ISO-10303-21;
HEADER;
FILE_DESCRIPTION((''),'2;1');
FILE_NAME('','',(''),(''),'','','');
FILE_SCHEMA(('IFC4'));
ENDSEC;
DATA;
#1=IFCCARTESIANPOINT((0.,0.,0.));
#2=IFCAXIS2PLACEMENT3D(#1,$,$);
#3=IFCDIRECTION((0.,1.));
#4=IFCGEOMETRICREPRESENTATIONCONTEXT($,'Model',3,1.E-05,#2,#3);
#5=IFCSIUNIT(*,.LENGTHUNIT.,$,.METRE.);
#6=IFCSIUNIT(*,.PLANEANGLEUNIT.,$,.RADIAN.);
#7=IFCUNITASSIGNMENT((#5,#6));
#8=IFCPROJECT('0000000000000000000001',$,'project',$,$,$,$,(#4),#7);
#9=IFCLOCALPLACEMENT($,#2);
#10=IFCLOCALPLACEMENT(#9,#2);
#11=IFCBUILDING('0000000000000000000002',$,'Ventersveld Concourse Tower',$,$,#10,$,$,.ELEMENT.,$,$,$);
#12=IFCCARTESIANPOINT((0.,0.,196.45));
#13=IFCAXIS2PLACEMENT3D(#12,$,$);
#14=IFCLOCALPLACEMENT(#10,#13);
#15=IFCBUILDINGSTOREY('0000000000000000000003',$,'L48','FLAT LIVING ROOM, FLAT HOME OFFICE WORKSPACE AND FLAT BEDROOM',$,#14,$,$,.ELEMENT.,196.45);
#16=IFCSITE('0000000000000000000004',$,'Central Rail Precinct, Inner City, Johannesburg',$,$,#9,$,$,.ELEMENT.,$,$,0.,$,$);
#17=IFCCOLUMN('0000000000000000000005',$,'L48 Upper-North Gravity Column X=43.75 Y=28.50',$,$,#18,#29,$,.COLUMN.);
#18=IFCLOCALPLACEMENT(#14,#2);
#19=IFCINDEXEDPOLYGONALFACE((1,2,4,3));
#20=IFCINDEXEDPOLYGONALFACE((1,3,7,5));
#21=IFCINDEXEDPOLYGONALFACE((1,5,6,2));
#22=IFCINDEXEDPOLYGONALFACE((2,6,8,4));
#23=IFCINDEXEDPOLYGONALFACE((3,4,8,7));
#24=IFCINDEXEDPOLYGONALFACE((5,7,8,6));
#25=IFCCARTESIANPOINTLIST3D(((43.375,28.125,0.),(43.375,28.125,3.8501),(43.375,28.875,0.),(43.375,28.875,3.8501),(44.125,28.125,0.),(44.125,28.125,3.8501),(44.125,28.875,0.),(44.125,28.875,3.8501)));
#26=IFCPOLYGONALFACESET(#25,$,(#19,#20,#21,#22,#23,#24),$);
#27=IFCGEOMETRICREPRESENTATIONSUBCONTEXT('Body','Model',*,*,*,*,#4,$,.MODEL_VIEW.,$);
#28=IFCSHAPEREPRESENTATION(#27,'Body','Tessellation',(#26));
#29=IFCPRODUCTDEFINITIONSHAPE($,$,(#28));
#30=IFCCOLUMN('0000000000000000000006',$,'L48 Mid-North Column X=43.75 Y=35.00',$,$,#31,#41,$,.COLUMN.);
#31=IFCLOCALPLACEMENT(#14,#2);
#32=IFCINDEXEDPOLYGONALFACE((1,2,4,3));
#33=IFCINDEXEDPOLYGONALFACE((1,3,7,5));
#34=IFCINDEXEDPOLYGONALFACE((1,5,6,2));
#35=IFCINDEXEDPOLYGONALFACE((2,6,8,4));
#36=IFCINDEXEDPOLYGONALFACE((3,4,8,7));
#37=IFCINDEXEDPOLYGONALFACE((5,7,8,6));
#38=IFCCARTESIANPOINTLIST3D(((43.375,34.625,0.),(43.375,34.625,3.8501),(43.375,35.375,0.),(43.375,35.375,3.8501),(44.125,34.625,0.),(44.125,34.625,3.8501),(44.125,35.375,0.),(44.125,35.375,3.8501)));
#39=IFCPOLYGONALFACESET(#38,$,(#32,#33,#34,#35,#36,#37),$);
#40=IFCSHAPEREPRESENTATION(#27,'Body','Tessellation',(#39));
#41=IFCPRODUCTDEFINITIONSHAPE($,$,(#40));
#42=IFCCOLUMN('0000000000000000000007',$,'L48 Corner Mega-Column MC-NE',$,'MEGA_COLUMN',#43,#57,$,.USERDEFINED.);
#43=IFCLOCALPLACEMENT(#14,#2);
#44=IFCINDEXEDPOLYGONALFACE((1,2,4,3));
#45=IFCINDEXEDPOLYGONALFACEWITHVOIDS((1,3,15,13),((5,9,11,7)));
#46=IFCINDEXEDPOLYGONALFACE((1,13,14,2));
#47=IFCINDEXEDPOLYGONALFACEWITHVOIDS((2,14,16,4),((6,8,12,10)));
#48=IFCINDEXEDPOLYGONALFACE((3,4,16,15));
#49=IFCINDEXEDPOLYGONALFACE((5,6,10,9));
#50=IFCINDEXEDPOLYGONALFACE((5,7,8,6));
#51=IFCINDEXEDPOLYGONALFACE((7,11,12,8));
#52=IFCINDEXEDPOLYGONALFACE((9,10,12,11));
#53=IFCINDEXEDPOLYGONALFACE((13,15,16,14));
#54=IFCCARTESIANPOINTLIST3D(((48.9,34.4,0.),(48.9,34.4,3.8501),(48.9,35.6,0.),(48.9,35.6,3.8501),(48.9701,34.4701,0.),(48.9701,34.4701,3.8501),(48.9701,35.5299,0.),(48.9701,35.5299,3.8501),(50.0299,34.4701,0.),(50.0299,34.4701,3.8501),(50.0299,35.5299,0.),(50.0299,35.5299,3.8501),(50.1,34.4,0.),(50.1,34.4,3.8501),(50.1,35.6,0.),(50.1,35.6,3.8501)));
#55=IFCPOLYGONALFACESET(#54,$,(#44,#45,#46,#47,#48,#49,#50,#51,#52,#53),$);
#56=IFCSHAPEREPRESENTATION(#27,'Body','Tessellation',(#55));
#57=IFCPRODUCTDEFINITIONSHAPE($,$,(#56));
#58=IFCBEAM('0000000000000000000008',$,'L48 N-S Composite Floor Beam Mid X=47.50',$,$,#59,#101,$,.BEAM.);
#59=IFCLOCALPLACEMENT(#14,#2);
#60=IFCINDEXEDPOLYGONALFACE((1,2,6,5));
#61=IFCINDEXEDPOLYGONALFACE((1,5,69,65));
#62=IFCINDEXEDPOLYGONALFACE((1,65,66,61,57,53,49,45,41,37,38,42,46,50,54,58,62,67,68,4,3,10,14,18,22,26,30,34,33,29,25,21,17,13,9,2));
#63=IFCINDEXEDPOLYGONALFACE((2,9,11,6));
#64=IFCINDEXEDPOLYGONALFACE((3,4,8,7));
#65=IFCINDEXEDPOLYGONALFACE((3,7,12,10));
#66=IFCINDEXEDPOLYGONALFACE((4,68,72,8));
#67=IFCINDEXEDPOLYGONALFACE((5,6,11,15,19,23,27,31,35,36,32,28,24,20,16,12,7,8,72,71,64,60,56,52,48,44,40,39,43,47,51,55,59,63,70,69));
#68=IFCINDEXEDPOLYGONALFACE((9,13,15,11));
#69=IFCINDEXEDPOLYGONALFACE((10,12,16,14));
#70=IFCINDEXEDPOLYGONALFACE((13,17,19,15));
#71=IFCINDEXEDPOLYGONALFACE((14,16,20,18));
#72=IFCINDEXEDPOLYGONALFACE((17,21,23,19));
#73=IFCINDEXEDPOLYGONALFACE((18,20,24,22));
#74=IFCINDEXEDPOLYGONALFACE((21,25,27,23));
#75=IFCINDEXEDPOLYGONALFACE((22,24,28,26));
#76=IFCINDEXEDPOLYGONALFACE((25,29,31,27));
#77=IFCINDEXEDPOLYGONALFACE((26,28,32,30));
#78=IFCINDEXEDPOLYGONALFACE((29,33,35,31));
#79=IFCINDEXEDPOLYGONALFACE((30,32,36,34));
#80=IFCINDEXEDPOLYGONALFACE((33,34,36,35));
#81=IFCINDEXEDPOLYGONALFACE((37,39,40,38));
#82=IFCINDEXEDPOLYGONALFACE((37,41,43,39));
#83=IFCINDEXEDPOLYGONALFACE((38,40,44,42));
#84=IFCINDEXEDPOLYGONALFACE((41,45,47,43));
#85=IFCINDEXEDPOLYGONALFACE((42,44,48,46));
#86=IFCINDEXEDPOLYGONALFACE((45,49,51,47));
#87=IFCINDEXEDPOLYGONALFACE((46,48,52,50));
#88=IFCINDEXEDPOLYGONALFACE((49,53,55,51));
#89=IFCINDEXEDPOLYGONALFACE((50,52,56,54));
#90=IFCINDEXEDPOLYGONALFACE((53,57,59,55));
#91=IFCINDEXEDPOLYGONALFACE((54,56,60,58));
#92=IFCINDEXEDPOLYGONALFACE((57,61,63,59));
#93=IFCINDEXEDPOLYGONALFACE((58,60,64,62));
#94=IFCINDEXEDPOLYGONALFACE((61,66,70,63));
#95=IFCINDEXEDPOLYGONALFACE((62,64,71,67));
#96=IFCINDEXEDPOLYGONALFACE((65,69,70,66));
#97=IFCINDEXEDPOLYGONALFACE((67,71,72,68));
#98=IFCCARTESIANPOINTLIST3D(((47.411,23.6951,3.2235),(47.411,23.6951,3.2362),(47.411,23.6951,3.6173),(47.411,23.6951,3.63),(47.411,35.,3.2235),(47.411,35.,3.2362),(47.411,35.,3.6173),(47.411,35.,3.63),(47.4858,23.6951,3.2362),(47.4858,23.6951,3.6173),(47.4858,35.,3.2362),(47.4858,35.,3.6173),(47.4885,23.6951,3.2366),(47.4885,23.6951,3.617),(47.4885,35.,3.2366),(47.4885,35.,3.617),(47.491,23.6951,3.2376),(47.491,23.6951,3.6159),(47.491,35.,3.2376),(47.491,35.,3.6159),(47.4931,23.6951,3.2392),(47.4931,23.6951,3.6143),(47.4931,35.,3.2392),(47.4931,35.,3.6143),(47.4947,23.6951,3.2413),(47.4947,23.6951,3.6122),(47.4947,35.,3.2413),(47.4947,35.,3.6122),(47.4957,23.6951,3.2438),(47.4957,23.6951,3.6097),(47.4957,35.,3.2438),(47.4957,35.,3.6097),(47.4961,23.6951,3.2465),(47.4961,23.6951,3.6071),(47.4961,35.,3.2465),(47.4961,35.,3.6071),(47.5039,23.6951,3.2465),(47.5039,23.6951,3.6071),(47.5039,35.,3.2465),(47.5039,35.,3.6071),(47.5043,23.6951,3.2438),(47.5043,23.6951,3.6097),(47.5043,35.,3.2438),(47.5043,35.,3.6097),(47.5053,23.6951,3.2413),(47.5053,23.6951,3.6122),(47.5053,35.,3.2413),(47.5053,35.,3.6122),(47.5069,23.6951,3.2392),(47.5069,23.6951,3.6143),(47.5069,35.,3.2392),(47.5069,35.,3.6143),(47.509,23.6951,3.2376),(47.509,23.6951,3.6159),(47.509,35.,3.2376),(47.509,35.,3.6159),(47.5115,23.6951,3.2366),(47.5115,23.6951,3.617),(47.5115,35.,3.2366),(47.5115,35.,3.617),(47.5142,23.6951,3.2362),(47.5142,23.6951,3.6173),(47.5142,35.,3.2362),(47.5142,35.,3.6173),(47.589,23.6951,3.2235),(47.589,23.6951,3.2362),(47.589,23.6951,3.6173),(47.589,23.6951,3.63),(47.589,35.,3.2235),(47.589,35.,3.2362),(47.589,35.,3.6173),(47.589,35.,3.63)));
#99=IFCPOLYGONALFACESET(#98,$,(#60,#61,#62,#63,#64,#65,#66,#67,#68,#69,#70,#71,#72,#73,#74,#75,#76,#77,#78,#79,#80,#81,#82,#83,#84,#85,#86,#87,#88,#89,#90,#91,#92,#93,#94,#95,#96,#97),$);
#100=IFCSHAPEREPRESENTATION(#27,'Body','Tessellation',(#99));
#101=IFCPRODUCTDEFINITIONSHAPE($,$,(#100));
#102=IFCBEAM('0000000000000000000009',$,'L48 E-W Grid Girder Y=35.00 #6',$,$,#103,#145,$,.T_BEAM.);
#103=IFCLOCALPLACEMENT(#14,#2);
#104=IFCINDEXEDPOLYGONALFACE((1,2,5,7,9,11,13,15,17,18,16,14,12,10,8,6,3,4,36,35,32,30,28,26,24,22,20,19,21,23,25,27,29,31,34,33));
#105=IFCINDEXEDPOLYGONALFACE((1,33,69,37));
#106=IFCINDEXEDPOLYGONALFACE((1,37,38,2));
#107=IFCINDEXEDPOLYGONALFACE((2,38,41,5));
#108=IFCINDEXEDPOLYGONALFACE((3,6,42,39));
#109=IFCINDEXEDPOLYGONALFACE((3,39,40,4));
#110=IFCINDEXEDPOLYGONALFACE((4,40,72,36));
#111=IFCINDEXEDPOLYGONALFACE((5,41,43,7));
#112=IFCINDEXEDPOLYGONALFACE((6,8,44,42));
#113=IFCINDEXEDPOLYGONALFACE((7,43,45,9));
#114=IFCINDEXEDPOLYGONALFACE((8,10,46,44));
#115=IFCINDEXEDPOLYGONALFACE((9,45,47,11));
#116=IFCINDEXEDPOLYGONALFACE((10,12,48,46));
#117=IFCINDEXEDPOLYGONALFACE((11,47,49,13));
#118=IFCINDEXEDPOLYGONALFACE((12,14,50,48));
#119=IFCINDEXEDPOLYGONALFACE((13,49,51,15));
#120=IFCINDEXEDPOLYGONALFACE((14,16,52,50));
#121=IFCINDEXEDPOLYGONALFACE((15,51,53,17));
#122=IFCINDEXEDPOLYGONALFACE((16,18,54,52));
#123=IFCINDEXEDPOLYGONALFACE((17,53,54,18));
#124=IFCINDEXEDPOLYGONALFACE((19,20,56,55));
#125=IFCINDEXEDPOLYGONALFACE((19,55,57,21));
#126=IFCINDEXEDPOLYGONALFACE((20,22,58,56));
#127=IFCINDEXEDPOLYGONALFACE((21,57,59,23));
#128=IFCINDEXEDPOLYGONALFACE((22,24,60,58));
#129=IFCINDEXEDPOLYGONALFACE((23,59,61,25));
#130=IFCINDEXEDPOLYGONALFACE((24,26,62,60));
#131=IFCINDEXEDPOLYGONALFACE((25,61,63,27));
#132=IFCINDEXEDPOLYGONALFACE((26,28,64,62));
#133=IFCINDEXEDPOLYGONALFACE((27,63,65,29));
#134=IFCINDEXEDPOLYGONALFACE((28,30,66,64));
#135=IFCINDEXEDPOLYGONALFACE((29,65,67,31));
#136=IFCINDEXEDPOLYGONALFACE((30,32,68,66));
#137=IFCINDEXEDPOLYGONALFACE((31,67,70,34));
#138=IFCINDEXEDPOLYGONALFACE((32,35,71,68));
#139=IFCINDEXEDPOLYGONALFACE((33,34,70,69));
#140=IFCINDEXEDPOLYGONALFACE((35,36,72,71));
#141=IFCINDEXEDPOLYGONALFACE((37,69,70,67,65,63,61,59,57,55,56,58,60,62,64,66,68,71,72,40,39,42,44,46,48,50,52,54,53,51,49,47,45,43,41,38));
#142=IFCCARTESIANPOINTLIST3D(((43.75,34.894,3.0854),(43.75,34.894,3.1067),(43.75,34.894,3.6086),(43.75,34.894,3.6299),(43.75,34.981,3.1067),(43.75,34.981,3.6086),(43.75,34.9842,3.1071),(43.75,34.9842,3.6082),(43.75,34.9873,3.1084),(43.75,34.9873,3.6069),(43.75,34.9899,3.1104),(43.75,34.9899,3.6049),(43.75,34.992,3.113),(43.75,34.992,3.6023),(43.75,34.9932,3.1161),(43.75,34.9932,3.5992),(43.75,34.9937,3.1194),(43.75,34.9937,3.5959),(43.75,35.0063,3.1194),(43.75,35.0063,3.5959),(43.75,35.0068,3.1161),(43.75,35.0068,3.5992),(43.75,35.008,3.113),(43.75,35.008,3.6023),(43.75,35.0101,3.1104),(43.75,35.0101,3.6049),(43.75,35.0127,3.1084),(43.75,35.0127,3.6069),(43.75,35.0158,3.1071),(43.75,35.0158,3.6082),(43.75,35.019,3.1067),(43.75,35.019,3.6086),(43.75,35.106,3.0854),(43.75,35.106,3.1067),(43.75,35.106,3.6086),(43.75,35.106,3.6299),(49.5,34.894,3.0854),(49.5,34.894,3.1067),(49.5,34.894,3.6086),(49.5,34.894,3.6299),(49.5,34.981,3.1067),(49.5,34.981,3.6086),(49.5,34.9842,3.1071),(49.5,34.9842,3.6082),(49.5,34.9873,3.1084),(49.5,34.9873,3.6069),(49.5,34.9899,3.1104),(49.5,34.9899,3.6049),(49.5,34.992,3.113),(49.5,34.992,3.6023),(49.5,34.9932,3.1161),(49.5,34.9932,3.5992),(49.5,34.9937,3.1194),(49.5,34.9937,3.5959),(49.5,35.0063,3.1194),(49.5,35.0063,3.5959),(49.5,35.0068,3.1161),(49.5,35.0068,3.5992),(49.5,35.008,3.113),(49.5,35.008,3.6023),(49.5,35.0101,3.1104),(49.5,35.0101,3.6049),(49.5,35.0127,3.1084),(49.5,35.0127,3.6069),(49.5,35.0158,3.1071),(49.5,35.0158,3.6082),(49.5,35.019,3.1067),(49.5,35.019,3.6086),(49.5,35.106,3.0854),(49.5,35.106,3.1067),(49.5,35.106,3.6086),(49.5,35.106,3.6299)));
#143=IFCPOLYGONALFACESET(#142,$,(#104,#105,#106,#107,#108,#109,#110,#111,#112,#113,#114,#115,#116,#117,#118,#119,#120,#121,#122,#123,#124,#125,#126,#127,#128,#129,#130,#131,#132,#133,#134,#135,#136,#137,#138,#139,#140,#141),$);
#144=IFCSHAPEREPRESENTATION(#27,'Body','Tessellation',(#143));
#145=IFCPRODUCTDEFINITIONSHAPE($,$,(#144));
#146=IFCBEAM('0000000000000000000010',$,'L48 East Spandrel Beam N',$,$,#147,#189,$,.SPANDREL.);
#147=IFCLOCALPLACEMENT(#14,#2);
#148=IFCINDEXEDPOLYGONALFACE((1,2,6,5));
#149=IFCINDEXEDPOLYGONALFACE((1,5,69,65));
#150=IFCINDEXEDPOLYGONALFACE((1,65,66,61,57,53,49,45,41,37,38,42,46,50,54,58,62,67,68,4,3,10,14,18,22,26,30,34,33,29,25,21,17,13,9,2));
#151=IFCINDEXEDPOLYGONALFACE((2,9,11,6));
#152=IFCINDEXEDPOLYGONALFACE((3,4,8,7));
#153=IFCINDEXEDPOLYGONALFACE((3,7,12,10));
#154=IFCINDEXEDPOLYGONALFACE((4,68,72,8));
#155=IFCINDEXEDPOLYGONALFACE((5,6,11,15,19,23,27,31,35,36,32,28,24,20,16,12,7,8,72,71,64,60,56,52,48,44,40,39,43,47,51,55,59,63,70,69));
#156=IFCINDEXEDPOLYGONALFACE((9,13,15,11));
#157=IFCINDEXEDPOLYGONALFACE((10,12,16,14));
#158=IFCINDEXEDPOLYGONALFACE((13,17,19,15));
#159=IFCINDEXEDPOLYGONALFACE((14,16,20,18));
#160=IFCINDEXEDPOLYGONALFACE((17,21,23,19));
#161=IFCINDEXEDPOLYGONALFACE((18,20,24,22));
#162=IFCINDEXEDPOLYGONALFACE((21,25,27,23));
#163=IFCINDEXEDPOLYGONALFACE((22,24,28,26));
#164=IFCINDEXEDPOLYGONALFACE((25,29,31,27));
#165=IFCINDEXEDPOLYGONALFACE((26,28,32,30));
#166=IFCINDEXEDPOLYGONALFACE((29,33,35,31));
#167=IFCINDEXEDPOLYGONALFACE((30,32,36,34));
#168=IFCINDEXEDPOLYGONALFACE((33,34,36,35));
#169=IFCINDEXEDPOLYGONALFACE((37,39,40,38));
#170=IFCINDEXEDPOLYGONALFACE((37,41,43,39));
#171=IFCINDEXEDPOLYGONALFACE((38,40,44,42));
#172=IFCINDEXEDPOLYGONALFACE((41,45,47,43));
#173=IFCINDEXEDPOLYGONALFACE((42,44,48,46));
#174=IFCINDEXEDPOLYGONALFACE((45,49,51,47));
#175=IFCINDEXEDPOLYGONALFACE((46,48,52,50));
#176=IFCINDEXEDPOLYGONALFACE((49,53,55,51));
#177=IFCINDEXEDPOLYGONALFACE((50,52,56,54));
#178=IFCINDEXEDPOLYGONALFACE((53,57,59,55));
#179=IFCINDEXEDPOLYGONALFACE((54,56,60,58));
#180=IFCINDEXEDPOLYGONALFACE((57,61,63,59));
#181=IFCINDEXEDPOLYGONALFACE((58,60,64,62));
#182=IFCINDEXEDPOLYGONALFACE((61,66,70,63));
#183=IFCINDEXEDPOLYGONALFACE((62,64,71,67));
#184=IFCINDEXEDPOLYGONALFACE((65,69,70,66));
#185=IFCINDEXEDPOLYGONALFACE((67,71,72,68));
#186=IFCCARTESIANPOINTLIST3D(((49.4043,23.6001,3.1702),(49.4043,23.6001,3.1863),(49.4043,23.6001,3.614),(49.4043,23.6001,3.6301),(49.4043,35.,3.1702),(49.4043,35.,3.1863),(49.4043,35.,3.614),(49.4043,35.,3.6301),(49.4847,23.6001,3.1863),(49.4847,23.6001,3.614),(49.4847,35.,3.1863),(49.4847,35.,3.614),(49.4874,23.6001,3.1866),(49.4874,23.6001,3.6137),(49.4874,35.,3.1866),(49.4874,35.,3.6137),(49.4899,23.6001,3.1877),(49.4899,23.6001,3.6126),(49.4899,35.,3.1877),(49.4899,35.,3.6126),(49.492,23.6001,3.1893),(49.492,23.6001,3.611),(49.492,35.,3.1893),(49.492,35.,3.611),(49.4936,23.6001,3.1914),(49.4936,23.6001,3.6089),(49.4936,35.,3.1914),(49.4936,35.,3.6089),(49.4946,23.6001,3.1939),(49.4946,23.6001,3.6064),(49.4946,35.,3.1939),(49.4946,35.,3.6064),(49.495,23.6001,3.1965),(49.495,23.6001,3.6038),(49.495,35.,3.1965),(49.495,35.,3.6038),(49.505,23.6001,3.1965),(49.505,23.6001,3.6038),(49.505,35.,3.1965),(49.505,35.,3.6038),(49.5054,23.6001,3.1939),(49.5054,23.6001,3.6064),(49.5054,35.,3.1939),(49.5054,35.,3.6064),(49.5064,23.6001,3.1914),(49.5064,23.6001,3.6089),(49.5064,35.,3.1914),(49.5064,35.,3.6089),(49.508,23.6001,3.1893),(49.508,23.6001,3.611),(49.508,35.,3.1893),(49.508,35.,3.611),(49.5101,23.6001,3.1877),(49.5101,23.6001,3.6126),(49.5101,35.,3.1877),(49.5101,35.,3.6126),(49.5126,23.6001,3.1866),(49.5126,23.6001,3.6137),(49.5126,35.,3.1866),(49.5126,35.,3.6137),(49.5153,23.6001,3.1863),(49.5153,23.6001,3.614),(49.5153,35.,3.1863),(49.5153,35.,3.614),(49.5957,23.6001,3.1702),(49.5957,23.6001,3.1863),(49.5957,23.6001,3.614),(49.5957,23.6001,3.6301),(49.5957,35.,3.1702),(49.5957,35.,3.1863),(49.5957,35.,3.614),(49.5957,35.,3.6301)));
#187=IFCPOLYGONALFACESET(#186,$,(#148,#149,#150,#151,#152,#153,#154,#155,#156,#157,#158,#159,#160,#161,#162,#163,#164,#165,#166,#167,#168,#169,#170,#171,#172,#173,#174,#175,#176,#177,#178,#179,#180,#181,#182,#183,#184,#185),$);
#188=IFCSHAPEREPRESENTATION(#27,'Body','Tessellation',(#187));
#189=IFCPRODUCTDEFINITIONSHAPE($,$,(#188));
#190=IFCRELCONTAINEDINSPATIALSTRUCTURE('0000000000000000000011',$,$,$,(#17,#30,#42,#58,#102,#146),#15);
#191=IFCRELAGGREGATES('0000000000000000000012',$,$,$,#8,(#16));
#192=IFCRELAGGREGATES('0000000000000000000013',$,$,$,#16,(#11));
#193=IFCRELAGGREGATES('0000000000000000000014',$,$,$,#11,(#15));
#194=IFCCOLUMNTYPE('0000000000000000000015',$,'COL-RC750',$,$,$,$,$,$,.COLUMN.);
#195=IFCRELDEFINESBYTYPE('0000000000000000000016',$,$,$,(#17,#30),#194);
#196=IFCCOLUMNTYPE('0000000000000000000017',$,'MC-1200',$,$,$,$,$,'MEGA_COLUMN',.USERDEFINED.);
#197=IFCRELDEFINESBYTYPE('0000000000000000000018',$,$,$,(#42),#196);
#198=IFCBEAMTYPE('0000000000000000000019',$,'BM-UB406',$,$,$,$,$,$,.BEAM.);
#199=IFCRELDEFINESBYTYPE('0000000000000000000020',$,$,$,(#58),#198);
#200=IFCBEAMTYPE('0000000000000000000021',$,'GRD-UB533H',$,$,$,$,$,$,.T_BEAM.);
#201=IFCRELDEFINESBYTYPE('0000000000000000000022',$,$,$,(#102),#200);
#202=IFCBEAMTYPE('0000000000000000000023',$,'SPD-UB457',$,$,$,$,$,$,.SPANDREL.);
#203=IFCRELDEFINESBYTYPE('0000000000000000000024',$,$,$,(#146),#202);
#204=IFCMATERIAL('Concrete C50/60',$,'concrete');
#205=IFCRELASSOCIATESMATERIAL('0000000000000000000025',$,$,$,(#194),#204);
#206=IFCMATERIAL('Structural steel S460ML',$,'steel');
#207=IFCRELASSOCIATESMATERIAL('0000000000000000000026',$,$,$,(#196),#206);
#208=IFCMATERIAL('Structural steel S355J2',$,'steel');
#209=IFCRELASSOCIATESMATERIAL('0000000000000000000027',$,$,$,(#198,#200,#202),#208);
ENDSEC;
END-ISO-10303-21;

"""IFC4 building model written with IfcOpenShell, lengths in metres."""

from ifc_helpers import new_model, si_unit, direction, frame, origin, origin_2d, place, context, subcontext, project, spatial, rectangle, hollow_rectangle, i_section, extrude, material, material_profile, profile_set, type_object, element, save


model = new_model("IFC4")

# Units and contexts
model_context = context("Model", 3, precision=1e-05, world=origin(), true_north=direction((0.0, 1.0)))
body_context = subcontext(model_context, "Body", "Model", "MODEL_VIEW")
ifc_project = project(units=[si_unit("LENGTHUNIT", "METRE"), si_unit("PLANEANGLEUNIT", "RADIAN")], contexts=[model_context])

# Site, building, storey
site_placement = place(None, origin())
site = spatial("IfcSite", under=ifc_project, at=site_placement, Name="Central Rail Precinct, Inner City, Johannesburg", CompositionType="ELEMENT", RefElevation=0.0)
building_placement = place(site_placement, origin())
building = spatial("IfcBuilding", under=site, at=building_placement, Name="Ventersveld Concourse Tower", CompositionType="ELEMENT")
storey_placement = place(building_placement, frame((0.0, 0.0, 196.45)))
storey = spatial("IfcBuildingStorey", under=building, at=storey_placement, Name="L48", Description="FLAT LIVING ROOM, FLAT HOME OFFICE WORKSPACE AND FLAT BEDROOM", CompositionType="ELEMENT", Elevation=196.45)

# Columns
ifc_material_1 = material(Name="Concrete C50/60", Category="concrete")
ifc_material_profile_1 = material_profile(ifc_material_1, rectangle(XDim=0.75, YDim=0.75, at=origin_2d()), Name="RC 750x750")
ifc_profile_set_1 = profile_set([ifc_material_profile_1], Name="Concrete C50/60")
column_type_1 = type_object("IfcColumnType", Name="COL-RC750", PredefinedType="COLUMN", material=ifc_profile_set_1)
for number, where, z_axis, x_axis, name in (
    (1, (43.75, 28.5, 0.0), (0.0, 0.0, 1.0), (1.0, 0.0, 0.0), "L48 Upper-North Gravity Column X=43.75 Y=28.50"),
    (2, (43.75, 35.0, 0.0), (0.0, 0.0, 1.0), (1.0, 0.0, 0.0), "L48 Mid-North Column X=43.75 Y=35.00"),
):
    element("IfcColumn", number, at=place(storey_placement, frame(where, z_axis=z_axis, x_axis=x_axis)), inside=storey, type_object=column_type_1, Name=name, PredefinedType="COLUMN", context=body_context, shape_type="SweptSolid", body=[
        extrude(rectangle(XDim=0.75, YDim=0.75, at=origin_2d()), origin(), (0.0, 0.0, 1.0), 3.8501),
    ])
ifc_material_2 = material(Name="Structural steel S460ML", Category="steel")
ifc_material_profile_2 = material_profile(ifc_material_2, hollow_rectangle(XDim=1.2, YDim=1.2, WallThickness=0.0701, at=origin_2d()), Name="BOX 1200x1200x70")
ifc_profile_set_2 = profile_set([ifc_material_profile_2], Name="Structural steel S460ML")
column_type_2 = type_object("IfcColumnType", Name="MC-1200", ElementType="MEGA_COLUMN", PredefinedType="USERDEFINED", material=ifc_profile_set_2)
column_placement = place(storey_placement, frame((49.5, 35.0, 0.0), z_axis=(0.0, 0.0, 1.0), x_axis=(1.0, 0.0, 0.0)))
element("IfcColumn", 3, at=column_placement, inside=storey, type_object=column_type_2, Name="L48 Corner Mega-Column MC-NE", ObjectType="MEGA_COLUMN", PredefinedType="USERDEFINED", context=body_context, shape_type="SweptSolid", body=[
    extrude(hollow_rectangle(XDim=1.2, YDim=1.2, WallThickness=0.0701, at=origin_2d()), origin(), (0.0, 0.0, 1.0), 3.8501),
])

# Beams
ifc_material_3 = material(Name="Structural steel S355J2", Category="steel")
ifc_material_profile_3 = material_profile(ifc_material_3, i_section(OverallWidth=0.178, OverallDepth=0.4065, WebThickness=0.0078, FlangeThickness=0.0127, FilletRadius=0.0103, at=origin_2d()), Name="UB 406x178x60")
ifc_profile_set_3 = profile_set([ifc_material_profile_3], Name="Structural steel S355J2")
beam_type_1 = type_object("IfcBeamType", Name="BM-UB406", PredefinedType="BEAM", material=ifc_profile_set_3)
beam_1_placement = place(storey_placement, frame((47.5, 23.6951, 3.4268), z_axis=(0.0, 1.0, 0.0), x_axis=(-1.0, 0.0, 0.0)))
element("IfcBeam", 4, at=beam_1_placement, inside=storey, type_object=beam_type_1, Name="L48 N-S Composite Floor Beam Mid X=47.50", PredefinedType="BEAM", context=body_context, shape_type="SweptSolid", body=[
    extrude(i_section(OverallWidth=0.178, OverallDepth=0.4065, WebThickness=0.0078, FlangeThickness=0.0127, FilletRadius=0.0103, at=origin_2d()), origin(), (0.0, 0.0, 1.0), 11.3049),
])
ifc_material_profile_4 = material_profile(ifc_material_3, i_section(OverallWidth=0.2119, OverallDepth=0.5444, WebThickness=0.0127, FlangeThickness=0.0212, FilletRadius=0.0127, at=origin_2d()), Name="UB 533x210x122")
ifc_profile_set_4 = profile_set([ifc_material_profile_4], Name="Structural steel S355J2")
beam_type_2 = type_object("IfcBeamType", Name="GRD-UB533H", PredefinedType="T_BEAM", material=ifc_profile_set_4)
beam_2_placement = place(storey_placement, frame((43.75, 35.0, 3.3577), z_axis=(1.0, 0.0, 0.0), x_axis=(0.0, 1.0, 0.0)))
element("IfcBeam", 5, at=beam_2_placement, inside=storey, type_object=beam_type_2, Name="L48 E-W Grid Girder Y=35.00 #6", PredefinedType="T_BEAM", context=body_context, shape_type="SweptSolid", body=[
    extrude(i_section(OverallWidth=0.2119, OverallDepth=0.5444, WebThickness=0.0127, FlangeThickness=0.0212, FilletRadius=0.0127, at=origin_2d()), origin(), (0.0, 0.0, 1.0), 5.75),
])
ifc_material_profile_5 = material_profile(ifc_material_3, i_section(OverallWidth=0.1914, OverallDepth=0.46, WebThickness=0.01, FlangeThickness=0.0161, FilletRadius=0.0103, at=origin_2d()), Name="UB 457x191x82")
ifc_profile_set_5 = profile_set([ifc_material_profile_5], Name="Structural steel S355J2")
beam_type_3 = type_object("IfcBeamType", Name="SPD-UB457", PredefinedType="SPANDREL", material=ifc_profile_set_5)
beam_3_placement = place(storey_placement, frame((49.5, 23.6001, 3.4001), z_axis=(0.0, 1.0, 0.0), x_axis=(-1.0, 0.0, 0.0)))
element("IfcBeam", 6, at=beam_3_placement, inside=storey, type_object=beam_type_3, Name="L48 East Spandrel Beam N", PredefinedType="SPANDREL", context=body_context, shape_type="SweptSolid", body=[
    extrude(i_section(OverallWidth=0.1914, OverallDepth=0.46, WebThickness=0.01, FlangeThickness=0.0161, FilletRadius=0.0103, at=origin_2d()), origin(), (0.0, 0.0, 1.0), 11.3999),
])

save(model, "model.ifc")
